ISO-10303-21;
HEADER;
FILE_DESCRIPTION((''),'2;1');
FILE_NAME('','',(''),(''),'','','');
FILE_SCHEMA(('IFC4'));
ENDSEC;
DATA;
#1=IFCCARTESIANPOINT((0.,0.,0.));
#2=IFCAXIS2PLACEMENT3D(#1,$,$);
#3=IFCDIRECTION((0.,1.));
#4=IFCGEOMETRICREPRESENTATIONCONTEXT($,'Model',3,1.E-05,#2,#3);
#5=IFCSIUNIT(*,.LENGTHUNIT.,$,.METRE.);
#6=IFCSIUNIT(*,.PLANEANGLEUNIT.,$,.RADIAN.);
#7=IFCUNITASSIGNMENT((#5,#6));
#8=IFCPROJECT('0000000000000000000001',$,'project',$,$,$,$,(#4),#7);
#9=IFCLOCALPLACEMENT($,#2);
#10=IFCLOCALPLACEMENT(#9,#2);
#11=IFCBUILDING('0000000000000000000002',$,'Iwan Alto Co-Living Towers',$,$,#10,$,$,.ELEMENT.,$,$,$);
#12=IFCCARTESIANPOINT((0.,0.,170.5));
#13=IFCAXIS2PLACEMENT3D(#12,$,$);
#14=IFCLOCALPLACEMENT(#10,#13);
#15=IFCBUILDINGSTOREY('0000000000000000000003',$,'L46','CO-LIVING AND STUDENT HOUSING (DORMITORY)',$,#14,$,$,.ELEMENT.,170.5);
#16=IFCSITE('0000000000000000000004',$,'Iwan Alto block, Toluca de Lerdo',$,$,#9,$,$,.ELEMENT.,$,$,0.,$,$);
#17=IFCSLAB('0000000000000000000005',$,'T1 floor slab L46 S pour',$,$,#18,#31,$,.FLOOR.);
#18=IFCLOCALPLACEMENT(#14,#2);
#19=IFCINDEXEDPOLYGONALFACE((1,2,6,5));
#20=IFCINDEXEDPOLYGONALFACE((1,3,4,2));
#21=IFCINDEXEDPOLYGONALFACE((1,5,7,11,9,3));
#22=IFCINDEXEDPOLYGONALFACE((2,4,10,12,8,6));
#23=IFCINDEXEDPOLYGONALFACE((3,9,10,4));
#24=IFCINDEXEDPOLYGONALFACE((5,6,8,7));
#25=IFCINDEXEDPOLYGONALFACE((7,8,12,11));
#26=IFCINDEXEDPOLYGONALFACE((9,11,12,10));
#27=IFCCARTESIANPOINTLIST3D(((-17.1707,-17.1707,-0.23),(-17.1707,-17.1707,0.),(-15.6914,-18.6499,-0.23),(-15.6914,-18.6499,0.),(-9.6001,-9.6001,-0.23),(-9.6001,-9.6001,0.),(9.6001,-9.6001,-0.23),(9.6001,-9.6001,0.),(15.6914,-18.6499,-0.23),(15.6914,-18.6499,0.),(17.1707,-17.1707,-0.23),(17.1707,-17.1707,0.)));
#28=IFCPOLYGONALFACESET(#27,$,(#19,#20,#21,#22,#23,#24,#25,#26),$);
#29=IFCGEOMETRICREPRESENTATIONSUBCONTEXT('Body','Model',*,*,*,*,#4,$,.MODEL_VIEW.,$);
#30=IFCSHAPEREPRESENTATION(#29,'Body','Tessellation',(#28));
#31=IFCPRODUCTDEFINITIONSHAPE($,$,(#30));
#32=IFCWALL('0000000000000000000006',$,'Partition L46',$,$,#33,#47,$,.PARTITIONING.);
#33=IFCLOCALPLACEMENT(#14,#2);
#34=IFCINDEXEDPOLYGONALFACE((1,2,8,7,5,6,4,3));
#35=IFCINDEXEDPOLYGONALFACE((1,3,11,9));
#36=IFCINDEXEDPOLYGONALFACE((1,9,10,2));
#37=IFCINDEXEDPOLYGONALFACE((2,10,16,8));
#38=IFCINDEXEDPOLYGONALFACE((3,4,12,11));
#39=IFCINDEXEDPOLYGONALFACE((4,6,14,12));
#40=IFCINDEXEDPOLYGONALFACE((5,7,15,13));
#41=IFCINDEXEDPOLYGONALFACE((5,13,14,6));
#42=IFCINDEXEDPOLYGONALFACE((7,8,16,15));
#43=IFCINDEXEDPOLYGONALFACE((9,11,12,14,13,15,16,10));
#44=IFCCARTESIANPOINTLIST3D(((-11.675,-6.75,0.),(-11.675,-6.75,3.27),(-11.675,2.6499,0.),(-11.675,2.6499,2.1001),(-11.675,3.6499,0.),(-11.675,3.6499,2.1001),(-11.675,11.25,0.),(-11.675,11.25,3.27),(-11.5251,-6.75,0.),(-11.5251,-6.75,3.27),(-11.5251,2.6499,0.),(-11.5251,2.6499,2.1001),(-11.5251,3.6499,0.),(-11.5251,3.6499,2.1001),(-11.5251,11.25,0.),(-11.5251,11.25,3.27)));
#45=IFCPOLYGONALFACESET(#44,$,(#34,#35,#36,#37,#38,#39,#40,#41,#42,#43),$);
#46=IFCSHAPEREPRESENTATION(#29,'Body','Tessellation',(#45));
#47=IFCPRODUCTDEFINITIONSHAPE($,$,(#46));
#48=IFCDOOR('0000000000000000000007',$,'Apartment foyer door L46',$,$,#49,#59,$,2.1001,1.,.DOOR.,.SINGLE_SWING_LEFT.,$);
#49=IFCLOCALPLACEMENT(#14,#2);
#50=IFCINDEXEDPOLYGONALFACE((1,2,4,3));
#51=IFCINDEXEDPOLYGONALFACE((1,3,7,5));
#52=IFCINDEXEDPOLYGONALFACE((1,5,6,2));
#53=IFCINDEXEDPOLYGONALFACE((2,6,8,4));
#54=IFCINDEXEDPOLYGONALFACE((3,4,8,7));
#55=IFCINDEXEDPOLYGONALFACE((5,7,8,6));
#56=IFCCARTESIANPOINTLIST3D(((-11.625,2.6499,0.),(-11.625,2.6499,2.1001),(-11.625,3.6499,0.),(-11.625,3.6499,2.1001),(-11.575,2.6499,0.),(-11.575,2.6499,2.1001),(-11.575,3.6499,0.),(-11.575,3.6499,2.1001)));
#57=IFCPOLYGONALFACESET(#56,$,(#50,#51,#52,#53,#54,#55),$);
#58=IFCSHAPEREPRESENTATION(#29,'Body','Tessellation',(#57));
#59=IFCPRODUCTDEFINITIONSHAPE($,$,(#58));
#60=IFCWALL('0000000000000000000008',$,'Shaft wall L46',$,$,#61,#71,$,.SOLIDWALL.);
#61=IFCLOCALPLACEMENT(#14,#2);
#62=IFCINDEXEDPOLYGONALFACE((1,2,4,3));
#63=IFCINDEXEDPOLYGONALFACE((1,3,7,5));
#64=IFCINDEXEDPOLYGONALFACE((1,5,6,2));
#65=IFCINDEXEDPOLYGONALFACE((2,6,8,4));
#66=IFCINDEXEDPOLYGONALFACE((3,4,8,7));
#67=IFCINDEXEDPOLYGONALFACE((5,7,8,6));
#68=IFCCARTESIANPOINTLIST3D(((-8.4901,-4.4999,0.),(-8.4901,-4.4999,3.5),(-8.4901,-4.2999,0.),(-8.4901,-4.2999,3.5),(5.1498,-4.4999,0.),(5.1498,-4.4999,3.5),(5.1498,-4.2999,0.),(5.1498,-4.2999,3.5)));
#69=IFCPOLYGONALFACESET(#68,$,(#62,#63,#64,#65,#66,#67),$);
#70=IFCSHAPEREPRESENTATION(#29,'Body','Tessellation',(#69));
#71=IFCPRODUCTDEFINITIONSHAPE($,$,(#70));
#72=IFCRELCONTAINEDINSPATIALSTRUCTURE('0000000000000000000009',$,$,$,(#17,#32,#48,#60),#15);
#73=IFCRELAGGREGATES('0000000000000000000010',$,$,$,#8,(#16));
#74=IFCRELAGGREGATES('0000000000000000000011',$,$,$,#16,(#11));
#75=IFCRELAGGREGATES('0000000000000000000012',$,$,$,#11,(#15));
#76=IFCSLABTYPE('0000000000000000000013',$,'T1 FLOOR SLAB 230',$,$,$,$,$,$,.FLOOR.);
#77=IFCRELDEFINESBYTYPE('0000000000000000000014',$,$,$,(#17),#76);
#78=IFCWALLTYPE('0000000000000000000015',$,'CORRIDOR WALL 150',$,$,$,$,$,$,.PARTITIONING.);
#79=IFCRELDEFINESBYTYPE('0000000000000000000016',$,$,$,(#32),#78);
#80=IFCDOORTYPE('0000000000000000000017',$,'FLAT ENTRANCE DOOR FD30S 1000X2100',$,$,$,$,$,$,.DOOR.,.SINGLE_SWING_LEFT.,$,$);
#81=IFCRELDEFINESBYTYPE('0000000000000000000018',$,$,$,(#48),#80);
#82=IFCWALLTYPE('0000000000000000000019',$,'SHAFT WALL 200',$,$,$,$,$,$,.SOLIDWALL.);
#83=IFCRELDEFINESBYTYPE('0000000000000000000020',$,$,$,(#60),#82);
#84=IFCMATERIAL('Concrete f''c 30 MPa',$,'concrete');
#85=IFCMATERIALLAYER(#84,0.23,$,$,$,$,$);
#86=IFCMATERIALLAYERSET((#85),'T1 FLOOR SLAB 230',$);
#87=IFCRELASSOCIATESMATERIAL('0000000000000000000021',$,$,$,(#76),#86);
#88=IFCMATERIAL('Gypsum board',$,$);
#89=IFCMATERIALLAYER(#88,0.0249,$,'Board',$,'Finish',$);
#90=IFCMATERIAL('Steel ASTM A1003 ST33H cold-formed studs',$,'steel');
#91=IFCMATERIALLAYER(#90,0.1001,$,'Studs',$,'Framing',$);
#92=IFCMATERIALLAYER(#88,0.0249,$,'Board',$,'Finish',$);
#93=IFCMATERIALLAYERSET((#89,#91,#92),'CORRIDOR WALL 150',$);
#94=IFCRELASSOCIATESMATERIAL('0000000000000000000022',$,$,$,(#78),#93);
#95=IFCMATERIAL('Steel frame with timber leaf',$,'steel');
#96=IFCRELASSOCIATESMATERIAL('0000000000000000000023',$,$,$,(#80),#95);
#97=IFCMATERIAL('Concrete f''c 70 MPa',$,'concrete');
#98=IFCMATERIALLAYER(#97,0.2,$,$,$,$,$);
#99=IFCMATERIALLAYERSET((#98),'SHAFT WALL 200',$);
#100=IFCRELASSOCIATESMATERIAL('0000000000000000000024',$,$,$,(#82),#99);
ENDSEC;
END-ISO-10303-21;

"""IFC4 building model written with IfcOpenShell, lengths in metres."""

from ifc_helpers import new_model, si_unit, direction, frame, frame_2d, origin, place, context, subcontext, project, spatial, polyline, rectangle, outline, extrude, material, layer, layer_set, type_object, element, fill, save


model = new_model("IFC4")

# Units and contexts
model_context = context("Model", 3, precision=1e-05, world=origin(), true_north=direction((0.0, 1.0)))
body_context = subcontext(model_context, "Body", "Model", "MODEL_VIEW")
ifc_project = project(units=[si_unit("LENGTHUNIT", "METRE"), si_unit("PLANEANGLEUNIT", "RADIAN")], contexts=[model_context])

# Site, building, storey
site_placement = place(None, origin())
site = spatial("IfcSite", under=ifc_project, at=site_placement, Name="Iwan Alto block, Toluca de Lerdo", CompositionType="ELEMENT", RefElevation=0.0)
building_placement = place(site_placement, origin())
building = spatial("IfcBuilding", under=site, at=building_placement, Name="Iwan Alto Co-Living Towers", CompositionType="ELEMENT")
storey_placement = place(building_placement, frame((0.0, 0.0, 170.5)))
storey = spatial("IfcBuildingStorey", under=building, at=storey_placement, Name="L46", Description="CO-LIVING AND STUDENT HOUSING (DORMITORY)", CompositionType="ELEMENT", Elevation=170.5)

# Slab
ifc_material_1 = material(Name="Concrete f'c 30 MPa", Category="concrete")
ifc_layer_1 = layer(ifc_material_1, 0.23)
ifc_layer_set_1 = layer_set([ifc_layer_1], Name="T1 FLOOR SLAB 230")
slab_type = type_object("IfcSlabType", Name="T1 FLOOR SLAB 230", PredefinedType="FLOOR", material=ifc_layer_set_1)
slab_placement = place(storey_placement, frame((0.0, 0.0, -0.23)))
element("IfcSlab", 1, at=slab_placement, inside=storey, type_object=slab_type, Name="T1 floor slab L46 S pour", PredefinedType="FLOOR", context=body_context, shape_type="SweptSolid", body=[
    extrude(outline(polyline([(15.6914, -18.6499), (-15.6914, -18.6499), (-17.1707, -17.1707), (-9.6001, -9.6001), (9.6001, -9.6001), (17.1707, -17.1707), (15.6914, -18.6499)])), origin(), (0.0, 0.0, 1.0), 0.23),
])

# Wall, opening, door
ifc_material_2 = material(Name="Gypsum board")
ifc_layer_2 = layer(ifc_material_2, 0.0249, Name="Board", Category="Finish")
ifc_material_3 = material(Name="Steel ASTM A1003 ST33H cold-formed studs", Category="steel")
ifc_layer_3 = layer(ifc_material_3, 0.1001, Name="Studs", Category="Framing")
ifc_layer_4 = layer(ifc_material_2, 0.0249, Name="Board", Category="Finish")
ifc_layer_set_2 = layer_set([ifc_layer_2, ifc_layer_3, ifc_layer_4], Name="CORRIDOR WALL 150")
wall_type_1 = type_object("IfcWallType", Name="CORRIDOR WALL 150", PredefinedType="PARTITIONING", material=ifc_layer_set_2)
wall_1_placement = place(storey_placement, frame((-11.6001, -6.75, 0.0), z_axis=(0.0, 0.0, 1.0), x_axis=(0.0, 1.0, 0.0)))
wall_1 = element("IfcWall", 2, at=wall_1_placement, inside=storey, type_object=wall_type_1, Name="Partition L46", PredefinedType="PARTITIONING", context=body_context, shape_type="SweptSolid", body=[
    extrude(rectangle(XDim=18.0, YDim=0.1499, at=frame_2d((9.0, 0.0))), origin(), (0.0, 0.0, 1.0), 3.27),
])
opening_1_placement = place(wall_1_placement, frame((9.3999, 0.0, 0.0)))
opening_1 = element("IfcOpeningElement", 3, at=opening_1_placement, cuts=wall_1, PredefinedType="OPENING", context=body_context, shape_type="SweptSolid", body=[
    extrude(rectangle(XDim=1.0, YDim=2.1001, at=frame_2d((0.5, 1.05))), frame((0.0, 0.085, 0.0), z_axis=(0.0, -1.0, 0.0), x_axis=(1.0, 0.0, 0.0)), (0.0, 0.0, 1.0), 0.1699),
])
ifc_material_4 = material(Name="Steel frame with timber leaf", Category="steel")
door_type_1 = type_object("IfcDoorType", Name="FLAT ENTRANCE DOOR FD30S 1000X2100", OperationType="SINGLE_SWING_LEFT", PredefinedType="DOOR", material=ifc_material_4)
door_1_placement = place(opening_1_placement, origin())
door_1 = element("IfcDoor", 4, at=door_1_placement, inside=storey, type_object=door_type_1, Name="Apartment foyer door L46", OperationType="SINGLE_SWING_LEFT", OverallHeight=2.1001, OverallWidth=1.0, PredefinedType="DOOR", context=body_context, shape_type="SweptSolid", body=[
    extrude(rectangle(XDim=1.0, YDim=2.1001, at=frame_2d((0.5, 1.05))), frame((0.0, 0.0249, 0.0), z_axis=(0.0, -1.0, 0.0), x_axis=(1.0, 0.0, 0.0)), (0.0, 0.0, 1.0), 0.05),
])
fill(opening_1, door_1)

# Wall
ifc_material_5 = material(Name="Concrete f'c 70 MPa", Category="concrete")
ifc_layer_5 = layer(ifc_material_5, 0.2)
ifc_layer_set_3 = layer_set([ifc_layer_5], Name="SHAFT WALL 200")
wall_type_2 = type_object("IfcWallType", Name="SHAFT WALL 200", PredefinedType="SOLIDWALL", material=ifc_layer_set_3)
wall_2_placement = place(storey_placement, frame((-8.49, -4.3999, 0.0), z_axis=(0.0, 0.0, 1.0), x_axis=(1.0, 0.0, 0.0)))
element("IfcWall", 5, at=wall_2_placement, inside=storey, type_object=wall_type_2, Name="Shaft wall L46", PredefinedType="SOLIDWALL", context=body_context, shape_type="SweptSolid", body=[
    extrude(rectangle(XDim=13.6399, YDim=0.2, at=frame_2d((6.8198, 0.0))), origin(), (0.0, 0.0, 1.0), 3.5),
])

save(model, "model.ifc")
